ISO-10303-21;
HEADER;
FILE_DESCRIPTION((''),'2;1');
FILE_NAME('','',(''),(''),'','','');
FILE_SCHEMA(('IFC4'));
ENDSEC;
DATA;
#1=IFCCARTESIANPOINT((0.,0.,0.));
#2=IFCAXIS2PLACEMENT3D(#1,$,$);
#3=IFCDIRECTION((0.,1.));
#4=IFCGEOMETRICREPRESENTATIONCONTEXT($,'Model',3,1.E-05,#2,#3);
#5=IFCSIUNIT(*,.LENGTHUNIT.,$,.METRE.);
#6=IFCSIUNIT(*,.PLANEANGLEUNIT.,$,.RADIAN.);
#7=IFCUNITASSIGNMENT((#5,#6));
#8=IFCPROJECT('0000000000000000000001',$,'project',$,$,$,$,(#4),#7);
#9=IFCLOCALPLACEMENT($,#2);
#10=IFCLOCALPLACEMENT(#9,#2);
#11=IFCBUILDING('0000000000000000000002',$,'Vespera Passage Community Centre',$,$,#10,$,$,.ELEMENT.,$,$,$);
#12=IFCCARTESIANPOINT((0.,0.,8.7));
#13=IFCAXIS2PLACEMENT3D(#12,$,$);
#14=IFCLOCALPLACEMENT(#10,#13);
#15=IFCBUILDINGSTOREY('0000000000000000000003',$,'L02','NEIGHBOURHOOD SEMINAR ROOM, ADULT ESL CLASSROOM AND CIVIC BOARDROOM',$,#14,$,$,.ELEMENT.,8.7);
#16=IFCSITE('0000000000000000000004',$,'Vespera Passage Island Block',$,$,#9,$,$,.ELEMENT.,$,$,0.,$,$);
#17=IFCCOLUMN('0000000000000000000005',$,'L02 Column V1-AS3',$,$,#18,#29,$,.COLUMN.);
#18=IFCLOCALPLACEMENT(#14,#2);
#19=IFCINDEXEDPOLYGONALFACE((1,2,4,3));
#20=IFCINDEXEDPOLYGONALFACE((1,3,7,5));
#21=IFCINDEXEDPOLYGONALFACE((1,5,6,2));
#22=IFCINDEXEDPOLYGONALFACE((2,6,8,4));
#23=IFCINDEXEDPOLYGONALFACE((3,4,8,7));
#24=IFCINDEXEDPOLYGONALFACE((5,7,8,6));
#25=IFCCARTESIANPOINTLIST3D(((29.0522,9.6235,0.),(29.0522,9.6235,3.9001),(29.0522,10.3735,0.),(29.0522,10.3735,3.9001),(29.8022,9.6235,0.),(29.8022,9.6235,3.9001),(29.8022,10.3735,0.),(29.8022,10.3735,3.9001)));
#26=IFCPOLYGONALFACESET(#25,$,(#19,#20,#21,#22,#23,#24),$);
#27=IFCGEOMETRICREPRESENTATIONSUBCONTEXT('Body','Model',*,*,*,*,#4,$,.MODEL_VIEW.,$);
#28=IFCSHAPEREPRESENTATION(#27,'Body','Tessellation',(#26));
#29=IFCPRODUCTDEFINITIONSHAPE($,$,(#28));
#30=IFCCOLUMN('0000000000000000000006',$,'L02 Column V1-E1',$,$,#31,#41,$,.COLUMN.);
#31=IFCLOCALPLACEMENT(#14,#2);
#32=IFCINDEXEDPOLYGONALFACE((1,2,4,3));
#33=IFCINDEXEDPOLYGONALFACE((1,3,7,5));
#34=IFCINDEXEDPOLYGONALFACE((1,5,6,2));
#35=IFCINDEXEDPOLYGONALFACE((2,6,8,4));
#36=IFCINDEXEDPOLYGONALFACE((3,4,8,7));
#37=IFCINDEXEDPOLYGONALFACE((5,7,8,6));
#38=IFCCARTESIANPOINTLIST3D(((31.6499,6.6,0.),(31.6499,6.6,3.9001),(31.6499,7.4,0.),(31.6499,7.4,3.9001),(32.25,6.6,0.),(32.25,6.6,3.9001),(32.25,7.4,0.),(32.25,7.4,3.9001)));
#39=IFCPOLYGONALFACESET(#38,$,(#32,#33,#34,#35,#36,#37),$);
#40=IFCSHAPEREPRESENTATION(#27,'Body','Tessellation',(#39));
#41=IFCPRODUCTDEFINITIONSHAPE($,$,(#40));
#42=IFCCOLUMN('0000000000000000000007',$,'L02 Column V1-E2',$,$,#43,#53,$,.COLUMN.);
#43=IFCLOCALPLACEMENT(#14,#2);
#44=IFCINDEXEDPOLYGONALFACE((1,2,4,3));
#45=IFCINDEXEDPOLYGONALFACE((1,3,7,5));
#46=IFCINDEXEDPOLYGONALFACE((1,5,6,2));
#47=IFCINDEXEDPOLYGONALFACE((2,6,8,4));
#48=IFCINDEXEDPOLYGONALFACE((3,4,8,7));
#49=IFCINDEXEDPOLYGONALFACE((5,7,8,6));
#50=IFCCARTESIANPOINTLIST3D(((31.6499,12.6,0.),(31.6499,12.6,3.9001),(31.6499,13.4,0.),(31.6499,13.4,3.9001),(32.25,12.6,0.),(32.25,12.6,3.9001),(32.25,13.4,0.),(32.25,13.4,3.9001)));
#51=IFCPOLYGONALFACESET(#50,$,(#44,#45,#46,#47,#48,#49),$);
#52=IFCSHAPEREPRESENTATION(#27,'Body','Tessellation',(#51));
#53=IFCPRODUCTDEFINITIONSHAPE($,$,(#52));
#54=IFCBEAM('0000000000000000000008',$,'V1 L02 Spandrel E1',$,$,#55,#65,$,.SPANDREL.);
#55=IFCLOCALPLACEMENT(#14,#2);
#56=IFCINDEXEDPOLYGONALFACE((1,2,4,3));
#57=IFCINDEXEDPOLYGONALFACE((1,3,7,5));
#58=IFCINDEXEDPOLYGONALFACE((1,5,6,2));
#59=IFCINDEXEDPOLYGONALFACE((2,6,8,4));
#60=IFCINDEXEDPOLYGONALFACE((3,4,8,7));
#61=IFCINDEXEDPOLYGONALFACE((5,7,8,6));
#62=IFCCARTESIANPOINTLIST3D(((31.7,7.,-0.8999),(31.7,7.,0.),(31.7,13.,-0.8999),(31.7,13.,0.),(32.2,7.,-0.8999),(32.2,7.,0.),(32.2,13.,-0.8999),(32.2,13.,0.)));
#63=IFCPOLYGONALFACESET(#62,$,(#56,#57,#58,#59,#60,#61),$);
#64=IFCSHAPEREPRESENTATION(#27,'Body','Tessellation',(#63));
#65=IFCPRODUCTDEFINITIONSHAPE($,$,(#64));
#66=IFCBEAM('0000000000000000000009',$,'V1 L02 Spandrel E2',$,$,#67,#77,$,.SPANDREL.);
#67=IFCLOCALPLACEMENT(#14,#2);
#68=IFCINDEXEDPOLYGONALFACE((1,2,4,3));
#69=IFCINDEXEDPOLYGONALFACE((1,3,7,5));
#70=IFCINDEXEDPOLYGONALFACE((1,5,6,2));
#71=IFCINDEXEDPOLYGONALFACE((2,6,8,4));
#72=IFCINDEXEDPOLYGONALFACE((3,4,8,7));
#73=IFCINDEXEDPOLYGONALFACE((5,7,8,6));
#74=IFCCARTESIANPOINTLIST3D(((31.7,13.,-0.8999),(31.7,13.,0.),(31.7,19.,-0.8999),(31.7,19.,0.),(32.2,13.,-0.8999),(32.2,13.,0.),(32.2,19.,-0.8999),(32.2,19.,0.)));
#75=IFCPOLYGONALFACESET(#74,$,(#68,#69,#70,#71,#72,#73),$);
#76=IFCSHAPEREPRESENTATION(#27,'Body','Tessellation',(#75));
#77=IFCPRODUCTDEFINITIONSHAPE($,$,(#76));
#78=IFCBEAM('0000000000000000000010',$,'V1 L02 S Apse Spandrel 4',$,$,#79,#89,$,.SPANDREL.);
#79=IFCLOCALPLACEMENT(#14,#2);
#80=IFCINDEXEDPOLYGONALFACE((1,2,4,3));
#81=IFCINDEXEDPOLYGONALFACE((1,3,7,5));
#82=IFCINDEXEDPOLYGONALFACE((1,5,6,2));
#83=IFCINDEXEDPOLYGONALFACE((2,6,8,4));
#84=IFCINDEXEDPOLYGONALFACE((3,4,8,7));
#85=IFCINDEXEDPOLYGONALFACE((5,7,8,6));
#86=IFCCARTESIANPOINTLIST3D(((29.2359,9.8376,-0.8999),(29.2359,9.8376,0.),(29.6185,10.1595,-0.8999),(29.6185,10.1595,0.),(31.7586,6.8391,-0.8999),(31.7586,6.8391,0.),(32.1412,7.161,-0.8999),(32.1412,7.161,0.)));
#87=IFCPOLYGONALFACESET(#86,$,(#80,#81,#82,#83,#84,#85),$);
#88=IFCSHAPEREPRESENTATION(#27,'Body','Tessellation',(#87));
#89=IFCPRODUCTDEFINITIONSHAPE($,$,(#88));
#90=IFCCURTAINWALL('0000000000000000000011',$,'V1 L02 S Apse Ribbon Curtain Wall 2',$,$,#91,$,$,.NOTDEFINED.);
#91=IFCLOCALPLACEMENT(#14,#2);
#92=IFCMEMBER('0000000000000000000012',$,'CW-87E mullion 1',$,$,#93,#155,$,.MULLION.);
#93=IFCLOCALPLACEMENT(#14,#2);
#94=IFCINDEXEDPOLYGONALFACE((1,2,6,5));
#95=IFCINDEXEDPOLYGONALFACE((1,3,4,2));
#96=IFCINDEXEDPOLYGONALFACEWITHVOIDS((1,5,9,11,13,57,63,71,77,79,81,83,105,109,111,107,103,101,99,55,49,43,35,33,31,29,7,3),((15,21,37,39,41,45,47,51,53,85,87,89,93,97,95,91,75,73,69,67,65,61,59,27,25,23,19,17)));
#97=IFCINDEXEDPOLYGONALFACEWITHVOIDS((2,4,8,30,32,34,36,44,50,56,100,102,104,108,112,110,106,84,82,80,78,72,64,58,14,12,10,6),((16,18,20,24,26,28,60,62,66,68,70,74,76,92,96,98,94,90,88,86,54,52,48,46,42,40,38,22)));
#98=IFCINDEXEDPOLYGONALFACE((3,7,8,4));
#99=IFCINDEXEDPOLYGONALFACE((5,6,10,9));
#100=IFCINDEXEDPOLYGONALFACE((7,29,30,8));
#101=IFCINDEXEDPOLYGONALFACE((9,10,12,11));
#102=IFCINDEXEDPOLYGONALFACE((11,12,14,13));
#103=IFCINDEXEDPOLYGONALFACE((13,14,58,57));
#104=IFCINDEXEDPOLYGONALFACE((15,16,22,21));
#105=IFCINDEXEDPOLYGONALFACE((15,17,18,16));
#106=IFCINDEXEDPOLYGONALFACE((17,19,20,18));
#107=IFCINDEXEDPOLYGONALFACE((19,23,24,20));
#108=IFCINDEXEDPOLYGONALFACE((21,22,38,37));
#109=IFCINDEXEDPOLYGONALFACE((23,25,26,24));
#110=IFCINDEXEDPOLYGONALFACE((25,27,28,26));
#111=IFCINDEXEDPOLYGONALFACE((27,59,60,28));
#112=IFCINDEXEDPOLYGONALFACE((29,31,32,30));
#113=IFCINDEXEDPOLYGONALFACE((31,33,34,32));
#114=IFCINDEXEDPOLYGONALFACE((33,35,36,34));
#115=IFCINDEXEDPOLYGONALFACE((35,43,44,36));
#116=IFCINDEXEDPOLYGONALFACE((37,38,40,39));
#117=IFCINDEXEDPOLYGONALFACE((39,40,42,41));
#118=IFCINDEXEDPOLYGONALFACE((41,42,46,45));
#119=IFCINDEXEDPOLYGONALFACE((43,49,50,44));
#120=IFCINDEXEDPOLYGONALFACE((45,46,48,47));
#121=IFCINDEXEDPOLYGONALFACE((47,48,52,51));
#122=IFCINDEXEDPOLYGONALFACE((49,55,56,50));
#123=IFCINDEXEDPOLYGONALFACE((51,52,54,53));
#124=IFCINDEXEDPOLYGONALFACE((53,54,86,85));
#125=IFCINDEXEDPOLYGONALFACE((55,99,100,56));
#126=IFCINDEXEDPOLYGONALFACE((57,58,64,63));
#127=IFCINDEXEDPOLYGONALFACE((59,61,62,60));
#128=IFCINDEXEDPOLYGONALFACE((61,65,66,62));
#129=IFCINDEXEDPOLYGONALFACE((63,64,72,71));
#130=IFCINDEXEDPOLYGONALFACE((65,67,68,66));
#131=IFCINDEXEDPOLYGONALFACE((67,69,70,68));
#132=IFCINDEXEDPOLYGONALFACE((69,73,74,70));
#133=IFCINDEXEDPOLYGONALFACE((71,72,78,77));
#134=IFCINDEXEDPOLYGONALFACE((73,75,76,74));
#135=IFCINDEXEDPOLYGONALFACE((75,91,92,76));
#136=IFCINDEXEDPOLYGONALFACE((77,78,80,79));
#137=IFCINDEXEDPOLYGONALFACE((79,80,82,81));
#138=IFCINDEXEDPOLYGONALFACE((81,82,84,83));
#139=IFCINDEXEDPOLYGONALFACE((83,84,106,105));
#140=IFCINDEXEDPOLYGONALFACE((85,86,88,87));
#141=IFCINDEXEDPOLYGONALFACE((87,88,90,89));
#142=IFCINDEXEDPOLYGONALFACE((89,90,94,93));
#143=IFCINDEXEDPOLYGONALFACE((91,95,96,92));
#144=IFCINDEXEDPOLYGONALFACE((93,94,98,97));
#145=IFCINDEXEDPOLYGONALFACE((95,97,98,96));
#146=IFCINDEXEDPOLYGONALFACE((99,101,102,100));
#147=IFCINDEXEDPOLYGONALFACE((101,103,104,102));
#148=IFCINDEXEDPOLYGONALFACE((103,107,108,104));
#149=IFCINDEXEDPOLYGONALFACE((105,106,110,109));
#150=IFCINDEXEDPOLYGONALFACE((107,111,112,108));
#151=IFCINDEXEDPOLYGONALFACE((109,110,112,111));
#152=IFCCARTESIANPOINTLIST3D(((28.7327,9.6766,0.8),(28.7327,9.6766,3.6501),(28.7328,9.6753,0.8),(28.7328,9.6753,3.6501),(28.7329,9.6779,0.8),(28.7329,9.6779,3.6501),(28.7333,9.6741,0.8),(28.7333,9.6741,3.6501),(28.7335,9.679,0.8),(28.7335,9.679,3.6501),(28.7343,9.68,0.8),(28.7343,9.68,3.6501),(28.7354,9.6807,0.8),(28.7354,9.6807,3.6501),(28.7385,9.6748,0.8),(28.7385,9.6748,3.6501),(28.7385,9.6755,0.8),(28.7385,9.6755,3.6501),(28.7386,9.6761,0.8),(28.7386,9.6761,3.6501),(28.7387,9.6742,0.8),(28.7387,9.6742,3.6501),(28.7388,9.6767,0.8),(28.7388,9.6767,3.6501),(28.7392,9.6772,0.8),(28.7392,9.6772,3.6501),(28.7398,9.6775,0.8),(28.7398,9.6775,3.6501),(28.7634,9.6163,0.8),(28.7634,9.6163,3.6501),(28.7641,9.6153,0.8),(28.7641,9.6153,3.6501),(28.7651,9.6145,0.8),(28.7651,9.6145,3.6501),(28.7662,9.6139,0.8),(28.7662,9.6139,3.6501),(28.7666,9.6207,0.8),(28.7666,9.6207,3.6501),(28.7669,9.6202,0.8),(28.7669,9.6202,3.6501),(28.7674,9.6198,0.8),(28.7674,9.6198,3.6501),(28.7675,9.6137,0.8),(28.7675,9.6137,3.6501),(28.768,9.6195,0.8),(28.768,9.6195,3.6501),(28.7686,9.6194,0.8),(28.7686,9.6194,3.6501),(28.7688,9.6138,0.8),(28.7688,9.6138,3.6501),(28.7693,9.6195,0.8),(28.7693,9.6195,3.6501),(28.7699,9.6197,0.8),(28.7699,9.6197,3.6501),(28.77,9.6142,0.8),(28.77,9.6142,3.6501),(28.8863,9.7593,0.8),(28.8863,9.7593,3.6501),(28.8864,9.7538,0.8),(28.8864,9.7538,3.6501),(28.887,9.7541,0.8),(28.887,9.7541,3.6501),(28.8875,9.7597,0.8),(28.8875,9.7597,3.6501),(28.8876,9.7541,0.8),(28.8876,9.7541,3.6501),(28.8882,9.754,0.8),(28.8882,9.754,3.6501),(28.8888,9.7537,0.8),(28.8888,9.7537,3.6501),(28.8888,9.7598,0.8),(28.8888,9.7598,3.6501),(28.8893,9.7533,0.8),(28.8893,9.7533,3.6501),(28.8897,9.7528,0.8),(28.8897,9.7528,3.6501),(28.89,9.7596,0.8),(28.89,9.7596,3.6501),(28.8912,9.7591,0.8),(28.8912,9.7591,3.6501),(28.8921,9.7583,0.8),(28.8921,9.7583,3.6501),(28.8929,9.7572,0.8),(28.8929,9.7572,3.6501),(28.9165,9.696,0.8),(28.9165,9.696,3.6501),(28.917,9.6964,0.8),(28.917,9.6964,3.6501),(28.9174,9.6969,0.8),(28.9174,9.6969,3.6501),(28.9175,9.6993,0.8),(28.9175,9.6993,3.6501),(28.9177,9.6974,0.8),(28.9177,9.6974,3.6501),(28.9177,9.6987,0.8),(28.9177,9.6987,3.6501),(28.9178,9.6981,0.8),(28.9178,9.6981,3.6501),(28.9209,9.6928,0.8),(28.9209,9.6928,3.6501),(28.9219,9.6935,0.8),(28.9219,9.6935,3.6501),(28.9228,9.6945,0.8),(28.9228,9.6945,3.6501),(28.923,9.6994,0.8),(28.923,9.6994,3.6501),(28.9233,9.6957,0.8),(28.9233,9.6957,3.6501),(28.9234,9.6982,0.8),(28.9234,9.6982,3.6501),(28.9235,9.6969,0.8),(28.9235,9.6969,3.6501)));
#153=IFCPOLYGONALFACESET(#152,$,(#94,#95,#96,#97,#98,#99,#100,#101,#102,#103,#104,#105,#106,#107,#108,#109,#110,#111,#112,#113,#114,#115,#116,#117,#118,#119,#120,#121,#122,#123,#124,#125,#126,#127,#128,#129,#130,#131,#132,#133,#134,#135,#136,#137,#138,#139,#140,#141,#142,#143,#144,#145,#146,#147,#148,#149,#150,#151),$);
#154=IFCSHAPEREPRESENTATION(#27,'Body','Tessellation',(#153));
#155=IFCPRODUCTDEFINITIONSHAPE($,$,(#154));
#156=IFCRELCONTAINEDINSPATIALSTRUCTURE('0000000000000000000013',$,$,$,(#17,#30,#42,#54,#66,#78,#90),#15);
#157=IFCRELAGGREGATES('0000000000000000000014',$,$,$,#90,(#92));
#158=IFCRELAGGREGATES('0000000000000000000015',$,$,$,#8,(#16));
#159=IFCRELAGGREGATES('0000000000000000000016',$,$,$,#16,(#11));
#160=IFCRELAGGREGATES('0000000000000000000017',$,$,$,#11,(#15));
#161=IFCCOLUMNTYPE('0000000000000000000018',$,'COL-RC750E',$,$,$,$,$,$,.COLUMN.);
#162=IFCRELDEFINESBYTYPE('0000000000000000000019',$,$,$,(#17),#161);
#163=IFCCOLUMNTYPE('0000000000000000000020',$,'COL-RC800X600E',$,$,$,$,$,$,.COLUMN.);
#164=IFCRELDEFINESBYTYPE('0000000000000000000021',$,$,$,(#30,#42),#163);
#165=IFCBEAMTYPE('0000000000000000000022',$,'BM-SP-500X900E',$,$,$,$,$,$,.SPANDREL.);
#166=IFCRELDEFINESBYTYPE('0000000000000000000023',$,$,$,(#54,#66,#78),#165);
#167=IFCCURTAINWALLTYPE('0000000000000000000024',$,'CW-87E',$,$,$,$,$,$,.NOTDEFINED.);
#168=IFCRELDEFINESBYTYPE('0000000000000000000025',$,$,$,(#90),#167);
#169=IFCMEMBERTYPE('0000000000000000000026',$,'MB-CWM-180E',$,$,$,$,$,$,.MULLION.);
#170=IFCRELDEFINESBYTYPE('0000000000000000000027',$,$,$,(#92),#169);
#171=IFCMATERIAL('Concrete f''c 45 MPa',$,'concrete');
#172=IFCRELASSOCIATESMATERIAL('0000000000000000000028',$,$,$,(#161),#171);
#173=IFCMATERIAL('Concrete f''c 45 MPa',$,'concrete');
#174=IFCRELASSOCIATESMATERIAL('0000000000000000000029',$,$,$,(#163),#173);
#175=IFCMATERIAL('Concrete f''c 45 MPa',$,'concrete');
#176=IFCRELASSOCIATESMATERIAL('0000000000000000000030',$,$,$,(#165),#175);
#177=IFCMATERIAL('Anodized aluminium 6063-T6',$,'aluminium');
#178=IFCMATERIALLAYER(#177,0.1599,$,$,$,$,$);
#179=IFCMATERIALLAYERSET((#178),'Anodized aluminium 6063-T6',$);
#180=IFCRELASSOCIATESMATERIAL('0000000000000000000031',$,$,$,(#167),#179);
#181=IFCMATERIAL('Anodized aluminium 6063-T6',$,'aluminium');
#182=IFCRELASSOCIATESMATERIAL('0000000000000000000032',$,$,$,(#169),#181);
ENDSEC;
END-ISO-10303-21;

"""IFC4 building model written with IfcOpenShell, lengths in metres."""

from ifc_helpers import new_model, si_unit, direction, frame, origin, origin_2d, place, context, subcontext, project, spatial, rectangle, hollow_rectangle, extrude, material, layer, layer_set, material_profile, profile_set, type_object, element, aggregate, save


model = new_model("IFC4")

# Units and contexts
model_context = context("Model", 3, precision=1e-05, world=origin(), true_north=direction((0.0, 1.0)))
body_context = subcontext(model_context, "Body", "Model", "MODEL_VIEW")
ifc_project = project(units=[si_unit("LENGTHUNIT", "METRE"), si_unit("PLANEANGLEUNIT", "RADIAN")], contexts=[model_context])

# Site, building, storey
site_placement = place(None, origin())
site = spatial("IfcSite", under=ifc_project, at=site_placement, Name="Vespera Passage Island Block", CompositionType="ELEMENT", RefElevation=0.0)
building_placement = place(site_placement, origin())
building = spatial("IfcBuilding", under=site, at=building_placement, Name="Vespera Passage Community Centre", CompositionType="ELEMENT")
storey_placement = place(building_placement, frame((0.0, 0.0, 8.7)))
storey = spatial("IfcBuildingStorey", under=building, at=storey_placement, Name="L02", Description="NEIGHBOURHOOD SEMINAR ROOM, ADULT ESL CLASSROOM AND CIVIC BOARDROOM", CompositionType="ELEMENT", Elevation=8.7)

# Columns
ifc_material_1 = material(Name="Concrete f'c 45 MPa", Category="concrete")
ifc_material_profile_1 = material_profile(ifc_material_1, rectangle(XDim=0.75, YDim=0.75, at=origin_2d()), Name="RC750X750")
ifc_profile_set_1 = profile_set([ifc_material_profile_1], Name="Concrete f'c 45 MPa")
column_type_1 = type_object("IfcColumnType", Name="COL-RC750E", PredefinedType="COLUMN", material=ifc_profile_set_1)
column_placement = place(storey_placement, frame((29.4272, 9.9985, 0.0), z_axis=(0.0, 0.0, 1.0), x_axis=(1.0, 0.0, 0.0)))
element("IfcColumn", 1, at=column_placement, inside=storey, type_object=column_type_1, Name="L02 Column V1-AS3", PredefinedType="COLUMN", context=body_context, shape_type="SweptSolid", body=[
    extrude(rectangle(XDim=0.75, YDim=0.75, at=origin_2d()), origin(), (0.0, 0.0, 1.0), 3.9001),
])
ifc_material_2 = material(Name="Concrete f'c 45 MPa", Category="concrete")
ifc_material_profile_2 = material_profile(ifc_material_2, rectangle(XDim=0.6001, YDim=0.8, at=origin_2d()), Name="RC800X600")
ifc_profile_set_2 = profile_set([ifc_material_profile_2], Name="Concrete f'c 45 MPa")
column_type_2 = type_object("IfcColumnType", Name="COL-RC800X600E", PredefinedType="COLUMN", material=ifc_profile_set_2)
for number, where, z_axis, x_axis, name in (
    (2, (31.95, 7.0, 0.0), (0.0, 0.0, 1.0), (1.0, 0.0, 0.0), "L02 Column V1-E1"),
    (3, (31.95, 13.0, 0.0), (0.0, 0.0, 1.0), (1.0, 0.0, 0.0), "L02 Column V1-E2"),
):
    element("IfcColumn", number, at=place(storey_placement, frame(where, z_axis=z_axis, x_axis=x_axis)), inside=storey, type_object=column_type_2, Name=name, PredefinedType="COLUMN", context=body_context, shape_type="SweptSolid", body=[
        extrude(rectangle(XDim=0.6001, YDim=0.8, at=origin_2d()), origin(), (0.0, 0.0, 1.0), 3.9001),
    ])

# Beams
ifc_material_3 = material(Name="Concrete f'c 45 MPa", Category="concrete")
ifc_material_profile_3 = material_profile(ifc_material_3, rectangle(XDim=0.5, YDim=0.8999, at=origin_2d()), Name="RC500X900")
ifc_profile_set_3 = profile_set([ifc_material_profile_3], Name="Concrete f'c 45 MPa")
beam_type = type_object("IfcBeamType", Name="BM-SP-500X900E", PredefinedType="SPANDREL", material=ifc_profile_set_3)
for number, where, z_axis, x_axis, name in (
    (4, (31.95, 7.0, -0.45), (0.0, 1.0, 0.0), (-1.0, 0.0, 0.0), "V1 L02 Spandrel E1"),
    (5, (31.95, 13.0, -0.45), (0.0, 1.0, 0.0), (-1.0, 0.0, 0.0), "V1 L02 Spandrel E2"),
):
    element("IfcBeam", number, at=place(storey_placement, frame(where, z_axis=z_axis, x_axis=x_axis)), inside=storey, type_object=beam_type, Name=name, PredefinedType="SPANDREL", context=body_context, shape_type="SweptSolid", body=[
        extrude(rectangle(XDim=0.5, YDim=0.8999, at=origin_2d()), origin(), (0.0, 0.0, 1.0), 6.0),
    ])
beam_placement = place(storey_placement, frame((29.4272, 9.9985, -0.45), z_axis=(0.643781, -0.76521, 0.0), x_axis=(0.76521, 0.643781, 0.0)))
element("IfcBeam", 6, at=beam_placement, inside=storey, type_object=beam_type, Name="V1 L02 S Apse Spandrel 4", PredefinedType="SPANDREL", context=body_context, shape_type="SweptSolid", body=[
    extrude(rectangle(XDim=0.5, YDim=0.8999, at=origin_2d()), origin(), (0.0, 0.0, 1.0), 3.9185),
])

# Curtain wall, member
ifc_material_4 = material(Name="Anodized aluminium 6063-T6", Category="aluminium")
ifc_layer_1 = layer(ifc_material_4, 0.1599)
ifc_layer_set_1 = layer_set([ifc_layer_1], Name="Anodized aluminium 6063-T6")
curtain_wall_type_1 = type_object("IfcCurtainWallType", Name="CW-87E", PredefinedType="NOTDEFINED", material=ifc_layer_set_1)
curtain_wall_1_placement = place(storey_placement, origin())
curtain_wall_1 = element("IfcCurtainWall", 7, at=curtain_wall_1_placement, inside=storey, type_object=curtain_wall_type_1, Name="V1 L02 S Apse Ribbon Curtain Wall 2", PredefinedType="NOTDEFINED")
ifc_material_5 = material(Name="Anodized aluminium 6063-T6", Category="aluminium")
ifc_material_profile_4 = material_profile(ifc_material_5, hollow_rectangle(XDim=0.075, YDim=0.1799, WallThickness=0.0049, InnerFilletRadius=0.0024, OuterFilletRadius=0.0049, at=origin_2d()), Name="ALU180X75X5")
ifc_profile_set_4 = profile_set([ifc_material_profile_4], Name="Anodized aluminium 6063-T6")
member_type_1 = type_object("IfcMemberType", Name="MB-CWM-180E", PredefinedType="MULLION", material=ifc_profile_set_4)
member_1_placement = place(storey_placement, frame((28.8281, 9.6868, 0.8), z_axis=(0.0, 0.0, 1.0), x_axis=(0.461745, -0.887013, 0.0)))
member_1 = element("IfcMember", 8, at=member_1_placement, type_object=member_type_1, Name="CW-87E mullion 1", PredefinedType="MULLION", context=body_context, shape_type="SweptSolid", body=[
    extrude(hollow_rectangle(XDim=0.075, YDim=0.1799, WallThickness=0.0049, InnerFilletRadius=0.0024, OuterFilletRadius=0.0049, at=origin_2d()), origin(), (0.0, 0.0, 1.0), 2.8501),
])

aggregate(curtain_wall_1, [member_1])

save(model, "model.ifc")
